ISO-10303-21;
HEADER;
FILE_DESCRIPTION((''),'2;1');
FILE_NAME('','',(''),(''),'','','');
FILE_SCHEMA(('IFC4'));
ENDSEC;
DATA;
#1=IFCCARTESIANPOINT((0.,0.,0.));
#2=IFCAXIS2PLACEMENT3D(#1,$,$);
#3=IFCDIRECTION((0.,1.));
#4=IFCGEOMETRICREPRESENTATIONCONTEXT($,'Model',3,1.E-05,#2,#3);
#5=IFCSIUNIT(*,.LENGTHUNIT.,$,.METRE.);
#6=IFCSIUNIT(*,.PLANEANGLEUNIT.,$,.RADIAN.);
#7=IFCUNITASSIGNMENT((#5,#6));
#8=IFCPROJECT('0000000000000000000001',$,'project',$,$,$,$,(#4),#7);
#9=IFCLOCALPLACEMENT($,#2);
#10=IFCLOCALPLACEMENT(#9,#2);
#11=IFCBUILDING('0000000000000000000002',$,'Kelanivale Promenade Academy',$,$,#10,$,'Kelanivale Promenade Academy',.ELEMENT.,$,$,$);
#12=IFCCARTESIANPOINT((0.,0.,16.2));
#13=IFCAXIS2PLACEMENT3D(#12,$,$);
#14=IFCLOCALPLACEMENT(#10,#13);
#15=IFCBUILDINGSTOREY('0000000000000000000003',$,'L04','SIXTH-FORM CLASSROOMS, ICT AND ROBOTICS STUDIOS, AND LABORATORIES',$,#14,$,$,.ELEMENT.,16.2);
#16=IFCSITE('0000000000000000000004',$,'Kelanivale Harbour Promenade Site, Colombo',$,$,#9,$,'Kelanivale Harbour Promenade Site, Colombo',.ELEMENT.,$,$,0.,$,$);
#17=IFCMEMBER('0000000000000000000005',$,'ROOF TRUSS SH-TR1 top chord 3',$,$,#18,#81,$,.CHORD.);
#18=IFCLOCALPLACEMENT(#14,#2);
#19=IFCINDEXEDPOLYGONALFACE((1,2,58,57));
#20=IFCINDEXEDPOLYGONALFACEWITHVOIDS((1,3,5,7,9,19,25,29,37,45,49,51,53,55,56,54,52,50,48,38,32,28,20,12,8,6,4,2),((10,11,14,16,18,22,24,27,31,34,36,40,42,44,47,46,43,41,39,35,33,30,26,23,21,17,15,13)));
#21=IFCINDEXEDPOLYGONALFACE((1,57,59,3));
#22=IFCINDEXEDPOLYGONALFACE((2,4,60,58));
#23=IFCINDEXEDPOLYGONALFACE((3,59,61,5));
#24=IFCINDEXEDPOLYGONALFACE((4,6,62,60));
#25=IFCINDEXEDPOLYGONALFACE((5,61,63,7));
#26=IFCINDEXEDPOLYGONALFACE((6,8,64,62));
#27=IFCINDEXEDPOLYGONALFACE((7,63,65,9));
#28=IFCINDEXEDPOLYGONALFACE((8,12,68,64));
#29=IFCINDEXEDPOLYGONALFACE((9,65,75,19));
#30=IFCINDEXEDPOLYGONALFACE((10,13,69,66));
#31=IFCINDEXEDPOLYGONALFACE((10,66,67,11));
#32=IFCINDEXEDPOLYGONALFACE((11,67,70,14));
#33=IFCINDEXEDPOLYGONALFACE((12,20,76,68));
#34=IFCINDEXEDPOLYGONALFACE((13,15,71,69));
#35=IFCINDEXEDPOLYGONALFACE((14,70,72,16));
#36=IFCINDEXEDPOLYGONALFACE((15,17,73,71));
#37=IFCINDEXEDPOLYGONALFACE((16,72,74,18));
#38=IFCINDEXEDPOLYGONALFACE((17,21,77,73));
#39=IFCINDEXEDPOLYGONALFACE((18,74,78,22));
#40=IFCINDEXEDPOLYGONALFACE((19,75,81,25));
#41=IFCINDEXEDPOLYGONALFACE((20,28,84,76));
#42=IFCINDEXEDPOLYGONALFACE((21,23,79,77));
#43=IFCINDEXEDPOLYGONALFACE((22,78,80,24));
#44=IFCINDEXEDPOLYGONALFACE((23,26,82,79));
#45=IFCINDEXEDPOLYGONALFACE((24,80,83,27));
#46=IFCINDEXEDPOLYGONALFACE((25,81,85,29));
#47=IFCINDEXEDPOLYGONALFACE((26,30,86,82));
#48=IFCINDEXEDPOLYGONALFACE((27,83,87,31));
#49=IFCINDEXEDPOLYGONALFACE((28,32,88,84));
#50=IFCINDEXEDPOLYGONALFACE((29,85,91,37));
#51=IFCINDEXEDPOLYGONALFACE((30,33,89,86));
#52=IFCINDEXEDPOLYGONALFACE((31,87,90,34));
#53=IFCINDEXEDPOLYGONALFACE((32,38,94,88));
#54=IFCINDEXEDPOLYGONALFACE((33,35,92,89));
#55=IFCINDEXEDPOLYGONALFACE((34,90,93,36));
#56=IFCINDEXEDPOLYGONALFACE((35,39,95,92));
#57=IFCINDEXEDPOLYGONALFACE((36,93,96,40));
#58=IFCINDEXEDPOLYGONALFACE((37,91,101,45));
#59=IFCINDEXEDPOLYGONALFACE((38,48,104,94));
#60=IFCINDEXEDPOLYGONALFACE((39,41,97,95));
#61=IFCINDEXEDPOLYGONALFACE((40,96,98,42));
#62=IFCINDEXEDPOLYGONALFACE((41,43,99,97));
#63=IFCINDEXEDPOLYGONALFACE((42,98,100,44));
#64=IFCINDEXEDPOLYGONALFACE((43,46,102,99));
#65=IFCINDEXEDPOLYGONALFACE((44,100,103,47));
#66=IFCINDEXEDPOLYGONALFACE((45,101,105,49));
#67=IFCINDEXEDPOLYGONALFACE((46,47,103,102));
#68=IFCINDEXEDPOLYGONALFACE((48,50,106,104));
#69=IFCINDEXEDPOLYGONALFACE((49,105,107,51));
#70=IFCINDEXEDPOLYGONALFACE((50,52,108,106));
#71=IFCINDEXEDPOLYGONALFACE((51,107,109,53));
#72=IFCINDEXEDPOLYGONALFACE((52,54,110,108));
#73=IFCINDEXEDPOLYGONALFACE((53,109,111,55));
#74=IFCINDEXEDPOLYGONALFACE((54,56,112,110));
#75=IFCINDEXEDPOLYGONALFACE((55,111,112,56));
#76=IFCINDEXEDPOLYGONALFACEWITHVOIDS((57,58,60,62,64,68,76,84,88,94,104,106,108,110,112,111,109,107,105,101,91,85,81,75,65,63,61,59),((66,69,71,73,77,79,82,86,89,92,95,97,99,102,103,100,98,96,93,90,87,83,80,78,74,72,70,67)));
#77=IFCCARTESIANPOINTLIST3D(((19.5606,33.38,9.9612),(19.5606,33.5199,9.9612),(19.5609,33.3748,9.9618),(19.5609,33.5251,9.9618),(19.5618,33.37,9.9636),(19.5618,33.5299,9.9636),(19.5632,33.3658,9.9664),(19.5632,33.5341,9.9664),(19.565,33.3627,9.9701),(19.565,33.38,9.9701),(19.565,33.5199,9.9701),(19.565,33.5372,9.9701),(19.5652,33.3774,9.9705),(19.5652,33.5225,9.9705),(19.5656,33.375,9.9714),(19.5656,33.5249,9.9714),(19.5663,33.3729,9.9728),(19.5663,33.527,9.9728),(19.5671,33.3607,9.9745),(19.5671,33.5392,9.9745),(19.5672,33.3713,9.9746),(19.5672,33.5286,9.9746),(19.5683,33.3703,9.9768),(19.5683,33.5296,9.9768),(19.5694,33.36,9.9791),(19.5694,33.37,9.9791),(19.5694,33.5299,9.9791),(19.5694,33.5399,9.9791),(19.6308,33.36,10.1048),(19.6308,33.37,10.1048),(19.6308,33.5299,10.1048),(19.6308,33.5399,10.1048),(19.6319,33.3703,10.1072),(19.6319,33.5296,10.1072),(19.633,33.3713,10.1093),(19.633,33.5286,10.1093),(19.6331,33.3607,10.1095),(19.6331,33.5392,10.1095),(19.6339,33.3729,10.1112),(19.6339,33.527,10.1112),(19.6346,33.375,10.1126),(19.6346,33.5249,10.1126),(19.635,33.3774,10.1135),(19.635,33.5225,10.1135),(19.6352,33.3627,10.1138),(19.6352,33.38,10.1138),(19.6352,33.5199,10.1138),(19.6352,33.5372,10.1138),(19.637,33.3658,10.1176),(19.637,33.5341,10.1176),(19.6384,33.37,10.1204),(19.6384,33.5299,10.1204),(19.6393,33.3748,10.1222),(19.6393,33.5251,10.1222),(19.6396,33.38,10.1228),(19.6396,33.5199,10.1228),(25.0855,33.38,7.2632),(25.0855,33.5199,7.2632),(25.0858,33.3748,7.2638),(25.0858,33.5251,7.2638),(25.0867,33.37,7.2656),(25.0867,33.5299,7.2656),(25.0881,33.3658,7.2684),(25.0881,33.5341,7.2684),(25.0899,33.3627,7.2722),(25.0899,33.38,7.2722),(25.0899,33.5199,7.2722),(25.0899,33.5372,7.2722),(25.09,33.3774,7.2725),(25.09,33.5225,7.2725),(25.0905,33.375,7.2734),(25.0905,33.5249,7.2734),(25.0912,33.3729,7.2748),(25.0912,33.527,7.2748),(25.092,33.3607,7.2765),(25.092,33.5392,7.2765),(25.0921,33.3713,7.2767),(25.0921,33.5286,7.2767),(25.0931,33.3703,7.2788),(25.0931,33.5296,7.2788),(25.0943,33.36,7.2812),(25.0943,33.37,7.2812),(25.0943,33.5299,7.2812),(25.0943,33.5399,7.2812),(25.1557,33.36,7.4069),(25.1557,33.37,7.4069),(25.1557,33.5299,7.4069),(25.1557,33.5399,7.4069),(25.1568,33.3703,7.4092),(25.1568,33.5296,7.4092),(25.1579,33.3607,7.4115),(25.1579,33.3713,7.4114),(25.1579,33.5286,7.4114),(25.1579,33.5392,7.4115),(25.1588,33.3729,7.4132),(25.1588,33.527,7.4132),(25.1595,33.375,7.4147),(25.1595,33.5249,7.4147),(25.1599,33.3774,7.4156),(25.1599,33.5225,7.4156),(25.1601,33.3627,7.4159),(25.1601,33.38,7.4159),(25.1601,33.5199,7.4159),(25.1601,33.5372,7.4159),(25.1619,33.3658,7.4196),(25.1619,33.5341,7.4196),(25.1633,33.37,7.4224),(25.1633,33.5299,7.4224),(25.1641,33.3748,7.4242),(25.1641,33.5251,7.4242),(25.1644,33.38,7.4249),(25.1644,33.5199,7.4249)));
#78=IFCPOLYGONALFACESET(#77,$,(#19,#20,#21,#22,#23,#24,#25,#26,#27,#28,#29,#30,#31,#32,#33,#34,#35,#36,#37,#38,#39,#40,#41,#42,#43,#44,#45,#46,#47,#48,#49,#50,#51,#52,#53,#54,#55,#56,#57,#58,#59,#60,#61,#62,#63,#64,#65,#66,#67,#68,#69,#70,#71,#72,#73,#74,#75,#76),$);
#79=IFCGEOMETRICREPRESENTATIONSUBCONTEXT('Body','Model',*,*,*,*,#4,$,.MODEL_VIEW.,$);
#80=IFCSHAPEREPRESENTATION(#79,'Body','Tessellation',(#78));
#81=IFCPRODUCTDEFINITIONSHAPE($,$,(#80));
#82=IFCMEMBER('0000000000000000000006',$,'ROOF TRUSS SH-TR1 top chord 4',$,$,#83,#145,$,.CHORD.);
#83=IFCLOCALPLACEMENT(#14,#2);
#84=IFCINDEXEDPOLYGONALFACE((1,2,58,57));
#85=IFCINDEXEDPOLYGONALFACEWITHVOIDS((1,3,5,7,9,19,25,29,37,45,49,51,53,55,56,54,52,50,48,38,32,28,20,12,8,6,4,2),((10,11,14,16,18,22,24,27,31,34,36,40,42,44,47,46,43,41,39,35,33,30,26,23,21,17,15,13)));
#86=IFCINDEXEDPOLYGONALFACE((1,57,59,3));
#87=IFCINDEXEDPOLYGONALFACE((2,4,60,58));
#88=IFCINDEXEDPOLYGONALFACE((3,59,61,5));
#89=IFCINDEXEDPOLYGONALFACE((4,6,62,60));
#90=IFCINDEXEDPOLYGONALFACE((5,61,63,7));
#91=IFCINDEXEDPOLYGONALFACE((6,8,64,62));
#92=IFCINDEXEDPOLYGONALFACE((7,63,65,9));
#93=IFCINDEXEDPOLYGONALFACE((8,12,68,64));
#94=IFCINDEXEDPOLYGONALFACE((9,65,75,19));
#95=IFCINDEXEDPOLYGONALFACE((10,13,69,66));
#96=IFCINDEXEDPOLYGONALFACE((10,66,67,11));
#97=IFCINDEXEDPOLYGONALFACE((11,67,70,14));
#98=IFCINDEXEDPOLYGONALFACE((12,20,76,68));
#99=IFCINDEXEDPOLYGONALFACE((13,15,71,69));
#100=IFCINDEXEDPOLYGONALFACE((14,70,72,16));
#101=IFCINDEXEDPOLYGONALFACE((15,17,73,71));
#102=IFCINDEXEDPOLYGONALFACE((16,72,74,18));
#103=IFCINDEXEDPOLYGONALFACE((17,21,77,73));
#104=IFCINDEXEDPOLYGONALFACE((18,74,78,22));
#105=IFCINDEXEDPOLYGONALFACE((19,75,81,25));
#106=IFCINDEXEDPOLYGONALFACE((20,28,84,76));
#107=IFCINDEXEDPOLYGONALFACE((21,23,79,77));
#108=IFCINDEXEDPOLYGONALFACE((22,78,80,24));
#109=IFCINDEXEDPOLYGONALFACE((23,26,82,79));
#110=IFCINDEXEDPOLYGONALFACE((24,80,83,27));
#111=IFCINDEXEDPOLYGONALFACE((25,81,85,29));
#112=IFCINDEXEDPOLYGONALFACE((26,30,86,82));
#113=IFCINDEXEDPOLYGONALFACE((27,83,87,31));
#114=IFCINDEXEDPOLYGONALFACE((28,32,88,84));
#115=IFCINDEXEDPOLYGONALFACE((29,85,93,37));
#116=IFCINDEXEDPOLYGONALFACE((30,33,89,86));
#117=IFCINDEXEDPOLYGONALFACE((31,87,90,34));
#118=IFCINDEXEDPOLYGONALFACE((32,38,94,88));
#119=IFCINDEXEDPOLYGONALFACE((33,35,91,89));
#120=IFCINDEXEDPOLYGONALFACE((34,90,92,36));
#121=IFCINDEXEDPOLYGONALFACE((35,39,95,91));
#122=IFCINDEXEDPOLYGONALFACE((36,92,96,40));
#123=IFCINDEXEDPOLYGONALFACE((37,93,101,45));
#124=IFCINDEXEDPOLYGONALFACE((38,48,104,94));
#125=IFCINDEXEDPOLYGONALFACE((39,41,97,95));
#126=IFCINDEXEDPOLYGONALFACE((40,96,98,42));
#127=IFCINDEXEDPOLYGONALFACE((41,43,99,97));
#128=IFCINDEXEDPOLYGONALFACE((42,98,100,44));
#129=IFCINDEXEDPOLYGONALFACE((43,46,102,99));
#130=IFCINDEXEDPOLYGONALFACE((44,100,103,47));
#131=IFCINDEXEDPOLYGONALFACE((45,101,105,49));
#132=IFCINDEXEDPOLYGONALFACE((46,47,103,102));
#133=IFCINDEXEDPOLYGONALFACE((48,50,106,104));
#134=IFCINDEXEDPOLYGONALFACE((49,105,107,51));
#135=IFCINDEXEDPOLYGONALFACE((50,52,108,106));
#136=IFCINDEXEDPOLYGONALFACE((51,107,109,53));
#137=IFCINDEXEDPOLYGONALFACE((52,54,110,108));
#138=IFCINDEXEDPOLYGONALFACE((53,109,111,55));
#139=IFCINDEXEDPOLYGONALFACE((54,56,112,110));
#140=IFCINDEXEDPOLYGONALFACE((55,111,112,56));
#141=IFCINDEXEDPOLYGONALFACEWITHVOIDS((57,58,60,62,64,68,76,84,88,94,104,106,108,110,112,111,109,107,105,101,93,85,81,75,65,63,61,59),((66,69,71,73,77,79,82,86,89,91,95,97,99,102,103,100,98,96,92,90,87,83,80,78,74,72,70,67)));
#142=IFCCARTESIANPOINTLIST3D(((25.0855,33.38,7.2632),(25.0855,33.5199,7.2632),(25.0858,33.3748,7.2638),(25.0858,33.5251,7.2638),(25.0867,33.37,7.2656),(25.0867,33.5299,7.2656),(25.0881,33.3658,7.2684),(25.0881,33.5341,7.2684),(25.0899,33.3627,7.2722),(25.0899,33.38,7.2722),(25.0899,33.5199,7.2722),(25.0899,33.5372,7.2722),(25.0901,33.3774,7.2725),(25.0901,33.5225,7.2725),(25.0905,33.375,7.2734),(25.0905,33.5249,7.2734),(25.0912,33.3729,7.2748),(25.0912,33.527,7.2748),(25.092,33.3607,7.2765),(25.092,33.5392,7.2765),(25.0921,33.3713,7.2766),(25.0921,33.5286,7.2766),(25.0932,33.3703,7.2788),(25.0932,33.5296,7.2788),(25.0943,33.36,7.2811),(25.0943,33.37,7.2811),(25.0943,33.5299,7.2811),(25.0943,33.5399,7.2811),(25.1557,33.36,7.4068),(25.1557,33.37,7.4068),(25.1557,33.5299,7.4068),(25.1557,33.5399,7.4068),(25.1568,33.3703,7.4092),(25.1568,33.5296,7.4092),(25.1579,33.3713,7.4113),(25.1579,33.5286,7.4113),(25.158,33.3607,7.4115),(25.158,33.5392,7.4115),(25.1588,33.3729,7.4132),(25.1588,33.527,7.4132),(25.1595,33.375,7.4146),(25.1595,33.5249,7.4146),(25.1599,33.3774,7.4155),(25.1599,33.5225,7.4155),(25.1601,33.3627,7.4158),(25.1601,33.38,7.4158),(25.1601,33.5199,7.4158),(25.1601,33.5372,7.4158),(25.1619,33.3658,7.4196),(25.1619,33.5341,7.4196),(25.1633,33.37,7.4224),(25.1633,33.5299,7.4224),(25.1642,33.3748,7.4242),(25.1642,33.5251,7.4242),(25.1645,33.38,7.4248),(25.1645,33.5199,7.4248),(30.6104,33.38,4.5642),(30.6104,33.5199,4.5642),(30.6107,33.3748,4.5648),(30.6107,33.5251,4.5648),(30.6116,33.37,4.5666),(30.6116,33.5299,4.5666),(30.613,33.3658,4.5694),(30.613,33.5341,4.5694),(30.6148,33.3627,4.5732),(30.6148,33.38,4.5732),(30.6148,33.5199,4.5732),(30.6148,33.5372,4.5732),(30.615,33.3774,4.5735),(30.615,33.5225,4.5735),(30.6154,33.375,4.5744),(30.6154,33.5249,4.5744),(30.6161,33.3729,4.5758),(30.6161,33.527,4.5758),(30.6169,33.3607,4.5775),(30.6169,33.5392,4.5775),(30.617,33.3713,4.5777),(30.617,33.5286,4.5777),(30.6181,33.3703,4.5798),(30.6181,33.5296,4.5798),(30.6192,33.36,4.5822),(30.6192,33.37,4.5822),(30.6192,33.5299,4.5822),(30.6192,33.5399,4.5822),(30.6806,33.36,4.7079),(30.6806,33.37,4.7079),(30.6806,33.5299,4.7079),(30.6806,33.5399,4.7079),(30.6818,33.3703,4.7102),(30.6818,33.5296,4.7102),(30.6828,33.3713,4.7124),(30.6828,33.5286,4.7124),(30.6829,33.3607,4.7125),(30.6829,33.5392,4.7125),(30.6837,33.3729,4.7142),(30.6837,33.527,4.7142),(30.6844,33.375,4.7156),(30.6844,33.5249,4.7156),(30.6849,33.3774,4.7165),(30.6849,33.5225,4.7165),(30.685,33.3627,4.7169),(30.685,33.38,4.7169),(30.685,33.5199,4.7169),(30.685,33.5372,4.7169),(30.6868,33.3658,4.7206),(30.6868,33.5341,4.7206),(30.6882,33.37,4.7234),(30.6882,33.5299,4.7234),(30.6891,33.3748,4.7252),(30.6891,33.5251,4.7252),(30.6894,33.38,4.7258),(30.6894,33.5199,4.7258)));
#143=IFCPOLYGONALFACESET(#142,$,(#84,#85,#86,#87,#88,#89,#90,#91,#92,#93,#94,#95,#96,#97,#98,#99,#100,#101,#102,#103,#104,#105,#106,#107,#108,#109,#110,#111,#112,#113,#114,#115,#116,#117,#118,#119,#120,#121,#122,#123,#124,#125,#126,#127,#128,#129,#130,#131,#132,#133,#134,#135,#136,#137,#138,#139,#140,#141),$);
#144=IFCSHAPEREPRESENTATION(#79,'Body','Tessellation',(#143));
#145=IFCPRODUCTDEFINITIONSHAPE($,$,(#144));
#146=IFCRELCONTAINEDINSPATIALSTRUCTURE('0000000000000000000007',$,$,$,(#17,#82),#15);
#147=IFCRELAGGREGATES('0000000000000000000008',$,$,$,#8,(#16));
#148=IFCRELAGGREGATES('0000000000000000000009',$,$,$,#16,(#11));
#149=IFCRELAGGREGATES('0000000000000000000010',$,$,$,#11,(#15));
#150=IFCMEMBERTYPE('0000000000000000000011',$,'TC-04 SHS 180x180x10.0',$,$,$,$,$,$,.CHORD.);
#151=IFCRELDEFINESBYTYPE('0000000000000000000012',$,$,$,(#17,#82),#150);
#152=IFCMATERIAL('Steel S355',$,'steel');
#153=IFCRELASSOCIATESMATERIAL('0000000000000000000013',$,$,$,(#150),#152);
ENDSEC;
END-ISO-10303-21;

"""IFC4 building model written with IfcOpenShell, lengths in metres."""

from ifc_helpers import new_model, si_unit, direction, frame, origin, origin_2d, place, context, subcontext, project, spatial, hollow_rectangle, extrude, material, material_profile, profile_set, type_object, element, save


model = new_model("IFC4")

# Units and contexts
model_context = context("Model", 3, precision=1e-05, world=origin(), true_north=direction((0.0, 1.0)))
body_context = subcontext(model_context, "Body", "Model", "MODEL_VIEW")
ifc_project = project(units=[si_unit("LENGTHUNIT", "METRE"), si_unit("PLANEANGLEUNIT", "RADIAN")], contexts=[model_context])

# Site, building, storey
site_placement = place(None, origin())
site = spatial("IfcSite", under=ifc_project, at=site_placement, Name="Kelanivale Harbour Promenade Site, Colombo", LongName="Kelanivale Harbour Promenade Site, Colombo", CompositionType="ELEMENT", RefElevation=0.0)
building_placement = place(site_placement, origin())
building = spatial("IfcBuilding", under=site, at=building_placement, Name="Kelanivale Promenade Academy", LongName="Kelanivale Promenade Academy", CompositionType="ELEMENT")
storey_placement = place(building_placement, frame((0.0, 0.0, 16.2)))
storey = spatial("IfcBuildingStorey", under=building, at=storey_placement, Name="L04", Description="SIXTH-FORM CLASSROOMS, ICT AND ROBOTICS STUDIOS, AND LABORATORIES", CompositionType="ELEMENT", Elevation=16.2)

# Members
ifc_material = material(Name="Steel S355", Category="steel")
ifc_material_profile_1 = material_profile(ifc_material, hollow_rectangle(XDim=0.1799, YDim=0.1799, WallThickness=0.01, InnerFilletRadius=0.01, OuterFilletRadius=0.02, at=origin_2d()), Name="SHS 180x180x10.0")
ifc_profile_set_1 = profile_set([ifc_material_profile_1], Name="Steel S355")
member_type_1 = type_object("IfcMemberType", Name="TC-04 SHS 180x180x10.0", PredefinedType="CHORD", material=ifc_profile_set_1)
member_1_placement = place(storey_placement, frame((19.6001, 33.45, 10.042), z_axis=(0.898581, 0.0, -0.438808), x_axis=(0.0, 1.0, 0.0)))
element("IfcMember", 1, at=member_1_placement, inside=storey, type_object=member_type_1, Name="ROOF TRUSS SH-TR1 top chord 3", PredefinedType="CHORD", context=body_context, shape_type="SweptSolid", body=[
    extrude(hollow_rectangle(XDim=0.1799, YDim=0.1799, WallThickness=0.01, InnerFilletRadius=0.01, OuterFilletRadius=0.02, at=origin_2d()), origin(), (0.0, 0.0, 1.0), 6.1484),
])
member_2_placement = place(storey_placement, frame((25.125, 33.45, 7.344), z_axis=(0.898518, 0.0, -0.438936), x_axis=(0.0, 1.0, 0.0)))
element("IfcMember", 2, at=member_2_placement, inside=storey, type_object=member_type_1, Name="ROOF TRUSS SH-TR1 top chord 4", PredefinedType="CHORD", context=body_context, shape_type="SweptSolid", body=[
    extrude(hollow_rectangle(XDim=0.1799, YDim=0.1799, WallThickness=0.01, InnerFilletRadius=0.01, OuterFilletRadius=0.02, at=origin_2d()), origin(), (0.0, 0.0, 1.0), 6.1489),
])

save(model, "model.ifc")
